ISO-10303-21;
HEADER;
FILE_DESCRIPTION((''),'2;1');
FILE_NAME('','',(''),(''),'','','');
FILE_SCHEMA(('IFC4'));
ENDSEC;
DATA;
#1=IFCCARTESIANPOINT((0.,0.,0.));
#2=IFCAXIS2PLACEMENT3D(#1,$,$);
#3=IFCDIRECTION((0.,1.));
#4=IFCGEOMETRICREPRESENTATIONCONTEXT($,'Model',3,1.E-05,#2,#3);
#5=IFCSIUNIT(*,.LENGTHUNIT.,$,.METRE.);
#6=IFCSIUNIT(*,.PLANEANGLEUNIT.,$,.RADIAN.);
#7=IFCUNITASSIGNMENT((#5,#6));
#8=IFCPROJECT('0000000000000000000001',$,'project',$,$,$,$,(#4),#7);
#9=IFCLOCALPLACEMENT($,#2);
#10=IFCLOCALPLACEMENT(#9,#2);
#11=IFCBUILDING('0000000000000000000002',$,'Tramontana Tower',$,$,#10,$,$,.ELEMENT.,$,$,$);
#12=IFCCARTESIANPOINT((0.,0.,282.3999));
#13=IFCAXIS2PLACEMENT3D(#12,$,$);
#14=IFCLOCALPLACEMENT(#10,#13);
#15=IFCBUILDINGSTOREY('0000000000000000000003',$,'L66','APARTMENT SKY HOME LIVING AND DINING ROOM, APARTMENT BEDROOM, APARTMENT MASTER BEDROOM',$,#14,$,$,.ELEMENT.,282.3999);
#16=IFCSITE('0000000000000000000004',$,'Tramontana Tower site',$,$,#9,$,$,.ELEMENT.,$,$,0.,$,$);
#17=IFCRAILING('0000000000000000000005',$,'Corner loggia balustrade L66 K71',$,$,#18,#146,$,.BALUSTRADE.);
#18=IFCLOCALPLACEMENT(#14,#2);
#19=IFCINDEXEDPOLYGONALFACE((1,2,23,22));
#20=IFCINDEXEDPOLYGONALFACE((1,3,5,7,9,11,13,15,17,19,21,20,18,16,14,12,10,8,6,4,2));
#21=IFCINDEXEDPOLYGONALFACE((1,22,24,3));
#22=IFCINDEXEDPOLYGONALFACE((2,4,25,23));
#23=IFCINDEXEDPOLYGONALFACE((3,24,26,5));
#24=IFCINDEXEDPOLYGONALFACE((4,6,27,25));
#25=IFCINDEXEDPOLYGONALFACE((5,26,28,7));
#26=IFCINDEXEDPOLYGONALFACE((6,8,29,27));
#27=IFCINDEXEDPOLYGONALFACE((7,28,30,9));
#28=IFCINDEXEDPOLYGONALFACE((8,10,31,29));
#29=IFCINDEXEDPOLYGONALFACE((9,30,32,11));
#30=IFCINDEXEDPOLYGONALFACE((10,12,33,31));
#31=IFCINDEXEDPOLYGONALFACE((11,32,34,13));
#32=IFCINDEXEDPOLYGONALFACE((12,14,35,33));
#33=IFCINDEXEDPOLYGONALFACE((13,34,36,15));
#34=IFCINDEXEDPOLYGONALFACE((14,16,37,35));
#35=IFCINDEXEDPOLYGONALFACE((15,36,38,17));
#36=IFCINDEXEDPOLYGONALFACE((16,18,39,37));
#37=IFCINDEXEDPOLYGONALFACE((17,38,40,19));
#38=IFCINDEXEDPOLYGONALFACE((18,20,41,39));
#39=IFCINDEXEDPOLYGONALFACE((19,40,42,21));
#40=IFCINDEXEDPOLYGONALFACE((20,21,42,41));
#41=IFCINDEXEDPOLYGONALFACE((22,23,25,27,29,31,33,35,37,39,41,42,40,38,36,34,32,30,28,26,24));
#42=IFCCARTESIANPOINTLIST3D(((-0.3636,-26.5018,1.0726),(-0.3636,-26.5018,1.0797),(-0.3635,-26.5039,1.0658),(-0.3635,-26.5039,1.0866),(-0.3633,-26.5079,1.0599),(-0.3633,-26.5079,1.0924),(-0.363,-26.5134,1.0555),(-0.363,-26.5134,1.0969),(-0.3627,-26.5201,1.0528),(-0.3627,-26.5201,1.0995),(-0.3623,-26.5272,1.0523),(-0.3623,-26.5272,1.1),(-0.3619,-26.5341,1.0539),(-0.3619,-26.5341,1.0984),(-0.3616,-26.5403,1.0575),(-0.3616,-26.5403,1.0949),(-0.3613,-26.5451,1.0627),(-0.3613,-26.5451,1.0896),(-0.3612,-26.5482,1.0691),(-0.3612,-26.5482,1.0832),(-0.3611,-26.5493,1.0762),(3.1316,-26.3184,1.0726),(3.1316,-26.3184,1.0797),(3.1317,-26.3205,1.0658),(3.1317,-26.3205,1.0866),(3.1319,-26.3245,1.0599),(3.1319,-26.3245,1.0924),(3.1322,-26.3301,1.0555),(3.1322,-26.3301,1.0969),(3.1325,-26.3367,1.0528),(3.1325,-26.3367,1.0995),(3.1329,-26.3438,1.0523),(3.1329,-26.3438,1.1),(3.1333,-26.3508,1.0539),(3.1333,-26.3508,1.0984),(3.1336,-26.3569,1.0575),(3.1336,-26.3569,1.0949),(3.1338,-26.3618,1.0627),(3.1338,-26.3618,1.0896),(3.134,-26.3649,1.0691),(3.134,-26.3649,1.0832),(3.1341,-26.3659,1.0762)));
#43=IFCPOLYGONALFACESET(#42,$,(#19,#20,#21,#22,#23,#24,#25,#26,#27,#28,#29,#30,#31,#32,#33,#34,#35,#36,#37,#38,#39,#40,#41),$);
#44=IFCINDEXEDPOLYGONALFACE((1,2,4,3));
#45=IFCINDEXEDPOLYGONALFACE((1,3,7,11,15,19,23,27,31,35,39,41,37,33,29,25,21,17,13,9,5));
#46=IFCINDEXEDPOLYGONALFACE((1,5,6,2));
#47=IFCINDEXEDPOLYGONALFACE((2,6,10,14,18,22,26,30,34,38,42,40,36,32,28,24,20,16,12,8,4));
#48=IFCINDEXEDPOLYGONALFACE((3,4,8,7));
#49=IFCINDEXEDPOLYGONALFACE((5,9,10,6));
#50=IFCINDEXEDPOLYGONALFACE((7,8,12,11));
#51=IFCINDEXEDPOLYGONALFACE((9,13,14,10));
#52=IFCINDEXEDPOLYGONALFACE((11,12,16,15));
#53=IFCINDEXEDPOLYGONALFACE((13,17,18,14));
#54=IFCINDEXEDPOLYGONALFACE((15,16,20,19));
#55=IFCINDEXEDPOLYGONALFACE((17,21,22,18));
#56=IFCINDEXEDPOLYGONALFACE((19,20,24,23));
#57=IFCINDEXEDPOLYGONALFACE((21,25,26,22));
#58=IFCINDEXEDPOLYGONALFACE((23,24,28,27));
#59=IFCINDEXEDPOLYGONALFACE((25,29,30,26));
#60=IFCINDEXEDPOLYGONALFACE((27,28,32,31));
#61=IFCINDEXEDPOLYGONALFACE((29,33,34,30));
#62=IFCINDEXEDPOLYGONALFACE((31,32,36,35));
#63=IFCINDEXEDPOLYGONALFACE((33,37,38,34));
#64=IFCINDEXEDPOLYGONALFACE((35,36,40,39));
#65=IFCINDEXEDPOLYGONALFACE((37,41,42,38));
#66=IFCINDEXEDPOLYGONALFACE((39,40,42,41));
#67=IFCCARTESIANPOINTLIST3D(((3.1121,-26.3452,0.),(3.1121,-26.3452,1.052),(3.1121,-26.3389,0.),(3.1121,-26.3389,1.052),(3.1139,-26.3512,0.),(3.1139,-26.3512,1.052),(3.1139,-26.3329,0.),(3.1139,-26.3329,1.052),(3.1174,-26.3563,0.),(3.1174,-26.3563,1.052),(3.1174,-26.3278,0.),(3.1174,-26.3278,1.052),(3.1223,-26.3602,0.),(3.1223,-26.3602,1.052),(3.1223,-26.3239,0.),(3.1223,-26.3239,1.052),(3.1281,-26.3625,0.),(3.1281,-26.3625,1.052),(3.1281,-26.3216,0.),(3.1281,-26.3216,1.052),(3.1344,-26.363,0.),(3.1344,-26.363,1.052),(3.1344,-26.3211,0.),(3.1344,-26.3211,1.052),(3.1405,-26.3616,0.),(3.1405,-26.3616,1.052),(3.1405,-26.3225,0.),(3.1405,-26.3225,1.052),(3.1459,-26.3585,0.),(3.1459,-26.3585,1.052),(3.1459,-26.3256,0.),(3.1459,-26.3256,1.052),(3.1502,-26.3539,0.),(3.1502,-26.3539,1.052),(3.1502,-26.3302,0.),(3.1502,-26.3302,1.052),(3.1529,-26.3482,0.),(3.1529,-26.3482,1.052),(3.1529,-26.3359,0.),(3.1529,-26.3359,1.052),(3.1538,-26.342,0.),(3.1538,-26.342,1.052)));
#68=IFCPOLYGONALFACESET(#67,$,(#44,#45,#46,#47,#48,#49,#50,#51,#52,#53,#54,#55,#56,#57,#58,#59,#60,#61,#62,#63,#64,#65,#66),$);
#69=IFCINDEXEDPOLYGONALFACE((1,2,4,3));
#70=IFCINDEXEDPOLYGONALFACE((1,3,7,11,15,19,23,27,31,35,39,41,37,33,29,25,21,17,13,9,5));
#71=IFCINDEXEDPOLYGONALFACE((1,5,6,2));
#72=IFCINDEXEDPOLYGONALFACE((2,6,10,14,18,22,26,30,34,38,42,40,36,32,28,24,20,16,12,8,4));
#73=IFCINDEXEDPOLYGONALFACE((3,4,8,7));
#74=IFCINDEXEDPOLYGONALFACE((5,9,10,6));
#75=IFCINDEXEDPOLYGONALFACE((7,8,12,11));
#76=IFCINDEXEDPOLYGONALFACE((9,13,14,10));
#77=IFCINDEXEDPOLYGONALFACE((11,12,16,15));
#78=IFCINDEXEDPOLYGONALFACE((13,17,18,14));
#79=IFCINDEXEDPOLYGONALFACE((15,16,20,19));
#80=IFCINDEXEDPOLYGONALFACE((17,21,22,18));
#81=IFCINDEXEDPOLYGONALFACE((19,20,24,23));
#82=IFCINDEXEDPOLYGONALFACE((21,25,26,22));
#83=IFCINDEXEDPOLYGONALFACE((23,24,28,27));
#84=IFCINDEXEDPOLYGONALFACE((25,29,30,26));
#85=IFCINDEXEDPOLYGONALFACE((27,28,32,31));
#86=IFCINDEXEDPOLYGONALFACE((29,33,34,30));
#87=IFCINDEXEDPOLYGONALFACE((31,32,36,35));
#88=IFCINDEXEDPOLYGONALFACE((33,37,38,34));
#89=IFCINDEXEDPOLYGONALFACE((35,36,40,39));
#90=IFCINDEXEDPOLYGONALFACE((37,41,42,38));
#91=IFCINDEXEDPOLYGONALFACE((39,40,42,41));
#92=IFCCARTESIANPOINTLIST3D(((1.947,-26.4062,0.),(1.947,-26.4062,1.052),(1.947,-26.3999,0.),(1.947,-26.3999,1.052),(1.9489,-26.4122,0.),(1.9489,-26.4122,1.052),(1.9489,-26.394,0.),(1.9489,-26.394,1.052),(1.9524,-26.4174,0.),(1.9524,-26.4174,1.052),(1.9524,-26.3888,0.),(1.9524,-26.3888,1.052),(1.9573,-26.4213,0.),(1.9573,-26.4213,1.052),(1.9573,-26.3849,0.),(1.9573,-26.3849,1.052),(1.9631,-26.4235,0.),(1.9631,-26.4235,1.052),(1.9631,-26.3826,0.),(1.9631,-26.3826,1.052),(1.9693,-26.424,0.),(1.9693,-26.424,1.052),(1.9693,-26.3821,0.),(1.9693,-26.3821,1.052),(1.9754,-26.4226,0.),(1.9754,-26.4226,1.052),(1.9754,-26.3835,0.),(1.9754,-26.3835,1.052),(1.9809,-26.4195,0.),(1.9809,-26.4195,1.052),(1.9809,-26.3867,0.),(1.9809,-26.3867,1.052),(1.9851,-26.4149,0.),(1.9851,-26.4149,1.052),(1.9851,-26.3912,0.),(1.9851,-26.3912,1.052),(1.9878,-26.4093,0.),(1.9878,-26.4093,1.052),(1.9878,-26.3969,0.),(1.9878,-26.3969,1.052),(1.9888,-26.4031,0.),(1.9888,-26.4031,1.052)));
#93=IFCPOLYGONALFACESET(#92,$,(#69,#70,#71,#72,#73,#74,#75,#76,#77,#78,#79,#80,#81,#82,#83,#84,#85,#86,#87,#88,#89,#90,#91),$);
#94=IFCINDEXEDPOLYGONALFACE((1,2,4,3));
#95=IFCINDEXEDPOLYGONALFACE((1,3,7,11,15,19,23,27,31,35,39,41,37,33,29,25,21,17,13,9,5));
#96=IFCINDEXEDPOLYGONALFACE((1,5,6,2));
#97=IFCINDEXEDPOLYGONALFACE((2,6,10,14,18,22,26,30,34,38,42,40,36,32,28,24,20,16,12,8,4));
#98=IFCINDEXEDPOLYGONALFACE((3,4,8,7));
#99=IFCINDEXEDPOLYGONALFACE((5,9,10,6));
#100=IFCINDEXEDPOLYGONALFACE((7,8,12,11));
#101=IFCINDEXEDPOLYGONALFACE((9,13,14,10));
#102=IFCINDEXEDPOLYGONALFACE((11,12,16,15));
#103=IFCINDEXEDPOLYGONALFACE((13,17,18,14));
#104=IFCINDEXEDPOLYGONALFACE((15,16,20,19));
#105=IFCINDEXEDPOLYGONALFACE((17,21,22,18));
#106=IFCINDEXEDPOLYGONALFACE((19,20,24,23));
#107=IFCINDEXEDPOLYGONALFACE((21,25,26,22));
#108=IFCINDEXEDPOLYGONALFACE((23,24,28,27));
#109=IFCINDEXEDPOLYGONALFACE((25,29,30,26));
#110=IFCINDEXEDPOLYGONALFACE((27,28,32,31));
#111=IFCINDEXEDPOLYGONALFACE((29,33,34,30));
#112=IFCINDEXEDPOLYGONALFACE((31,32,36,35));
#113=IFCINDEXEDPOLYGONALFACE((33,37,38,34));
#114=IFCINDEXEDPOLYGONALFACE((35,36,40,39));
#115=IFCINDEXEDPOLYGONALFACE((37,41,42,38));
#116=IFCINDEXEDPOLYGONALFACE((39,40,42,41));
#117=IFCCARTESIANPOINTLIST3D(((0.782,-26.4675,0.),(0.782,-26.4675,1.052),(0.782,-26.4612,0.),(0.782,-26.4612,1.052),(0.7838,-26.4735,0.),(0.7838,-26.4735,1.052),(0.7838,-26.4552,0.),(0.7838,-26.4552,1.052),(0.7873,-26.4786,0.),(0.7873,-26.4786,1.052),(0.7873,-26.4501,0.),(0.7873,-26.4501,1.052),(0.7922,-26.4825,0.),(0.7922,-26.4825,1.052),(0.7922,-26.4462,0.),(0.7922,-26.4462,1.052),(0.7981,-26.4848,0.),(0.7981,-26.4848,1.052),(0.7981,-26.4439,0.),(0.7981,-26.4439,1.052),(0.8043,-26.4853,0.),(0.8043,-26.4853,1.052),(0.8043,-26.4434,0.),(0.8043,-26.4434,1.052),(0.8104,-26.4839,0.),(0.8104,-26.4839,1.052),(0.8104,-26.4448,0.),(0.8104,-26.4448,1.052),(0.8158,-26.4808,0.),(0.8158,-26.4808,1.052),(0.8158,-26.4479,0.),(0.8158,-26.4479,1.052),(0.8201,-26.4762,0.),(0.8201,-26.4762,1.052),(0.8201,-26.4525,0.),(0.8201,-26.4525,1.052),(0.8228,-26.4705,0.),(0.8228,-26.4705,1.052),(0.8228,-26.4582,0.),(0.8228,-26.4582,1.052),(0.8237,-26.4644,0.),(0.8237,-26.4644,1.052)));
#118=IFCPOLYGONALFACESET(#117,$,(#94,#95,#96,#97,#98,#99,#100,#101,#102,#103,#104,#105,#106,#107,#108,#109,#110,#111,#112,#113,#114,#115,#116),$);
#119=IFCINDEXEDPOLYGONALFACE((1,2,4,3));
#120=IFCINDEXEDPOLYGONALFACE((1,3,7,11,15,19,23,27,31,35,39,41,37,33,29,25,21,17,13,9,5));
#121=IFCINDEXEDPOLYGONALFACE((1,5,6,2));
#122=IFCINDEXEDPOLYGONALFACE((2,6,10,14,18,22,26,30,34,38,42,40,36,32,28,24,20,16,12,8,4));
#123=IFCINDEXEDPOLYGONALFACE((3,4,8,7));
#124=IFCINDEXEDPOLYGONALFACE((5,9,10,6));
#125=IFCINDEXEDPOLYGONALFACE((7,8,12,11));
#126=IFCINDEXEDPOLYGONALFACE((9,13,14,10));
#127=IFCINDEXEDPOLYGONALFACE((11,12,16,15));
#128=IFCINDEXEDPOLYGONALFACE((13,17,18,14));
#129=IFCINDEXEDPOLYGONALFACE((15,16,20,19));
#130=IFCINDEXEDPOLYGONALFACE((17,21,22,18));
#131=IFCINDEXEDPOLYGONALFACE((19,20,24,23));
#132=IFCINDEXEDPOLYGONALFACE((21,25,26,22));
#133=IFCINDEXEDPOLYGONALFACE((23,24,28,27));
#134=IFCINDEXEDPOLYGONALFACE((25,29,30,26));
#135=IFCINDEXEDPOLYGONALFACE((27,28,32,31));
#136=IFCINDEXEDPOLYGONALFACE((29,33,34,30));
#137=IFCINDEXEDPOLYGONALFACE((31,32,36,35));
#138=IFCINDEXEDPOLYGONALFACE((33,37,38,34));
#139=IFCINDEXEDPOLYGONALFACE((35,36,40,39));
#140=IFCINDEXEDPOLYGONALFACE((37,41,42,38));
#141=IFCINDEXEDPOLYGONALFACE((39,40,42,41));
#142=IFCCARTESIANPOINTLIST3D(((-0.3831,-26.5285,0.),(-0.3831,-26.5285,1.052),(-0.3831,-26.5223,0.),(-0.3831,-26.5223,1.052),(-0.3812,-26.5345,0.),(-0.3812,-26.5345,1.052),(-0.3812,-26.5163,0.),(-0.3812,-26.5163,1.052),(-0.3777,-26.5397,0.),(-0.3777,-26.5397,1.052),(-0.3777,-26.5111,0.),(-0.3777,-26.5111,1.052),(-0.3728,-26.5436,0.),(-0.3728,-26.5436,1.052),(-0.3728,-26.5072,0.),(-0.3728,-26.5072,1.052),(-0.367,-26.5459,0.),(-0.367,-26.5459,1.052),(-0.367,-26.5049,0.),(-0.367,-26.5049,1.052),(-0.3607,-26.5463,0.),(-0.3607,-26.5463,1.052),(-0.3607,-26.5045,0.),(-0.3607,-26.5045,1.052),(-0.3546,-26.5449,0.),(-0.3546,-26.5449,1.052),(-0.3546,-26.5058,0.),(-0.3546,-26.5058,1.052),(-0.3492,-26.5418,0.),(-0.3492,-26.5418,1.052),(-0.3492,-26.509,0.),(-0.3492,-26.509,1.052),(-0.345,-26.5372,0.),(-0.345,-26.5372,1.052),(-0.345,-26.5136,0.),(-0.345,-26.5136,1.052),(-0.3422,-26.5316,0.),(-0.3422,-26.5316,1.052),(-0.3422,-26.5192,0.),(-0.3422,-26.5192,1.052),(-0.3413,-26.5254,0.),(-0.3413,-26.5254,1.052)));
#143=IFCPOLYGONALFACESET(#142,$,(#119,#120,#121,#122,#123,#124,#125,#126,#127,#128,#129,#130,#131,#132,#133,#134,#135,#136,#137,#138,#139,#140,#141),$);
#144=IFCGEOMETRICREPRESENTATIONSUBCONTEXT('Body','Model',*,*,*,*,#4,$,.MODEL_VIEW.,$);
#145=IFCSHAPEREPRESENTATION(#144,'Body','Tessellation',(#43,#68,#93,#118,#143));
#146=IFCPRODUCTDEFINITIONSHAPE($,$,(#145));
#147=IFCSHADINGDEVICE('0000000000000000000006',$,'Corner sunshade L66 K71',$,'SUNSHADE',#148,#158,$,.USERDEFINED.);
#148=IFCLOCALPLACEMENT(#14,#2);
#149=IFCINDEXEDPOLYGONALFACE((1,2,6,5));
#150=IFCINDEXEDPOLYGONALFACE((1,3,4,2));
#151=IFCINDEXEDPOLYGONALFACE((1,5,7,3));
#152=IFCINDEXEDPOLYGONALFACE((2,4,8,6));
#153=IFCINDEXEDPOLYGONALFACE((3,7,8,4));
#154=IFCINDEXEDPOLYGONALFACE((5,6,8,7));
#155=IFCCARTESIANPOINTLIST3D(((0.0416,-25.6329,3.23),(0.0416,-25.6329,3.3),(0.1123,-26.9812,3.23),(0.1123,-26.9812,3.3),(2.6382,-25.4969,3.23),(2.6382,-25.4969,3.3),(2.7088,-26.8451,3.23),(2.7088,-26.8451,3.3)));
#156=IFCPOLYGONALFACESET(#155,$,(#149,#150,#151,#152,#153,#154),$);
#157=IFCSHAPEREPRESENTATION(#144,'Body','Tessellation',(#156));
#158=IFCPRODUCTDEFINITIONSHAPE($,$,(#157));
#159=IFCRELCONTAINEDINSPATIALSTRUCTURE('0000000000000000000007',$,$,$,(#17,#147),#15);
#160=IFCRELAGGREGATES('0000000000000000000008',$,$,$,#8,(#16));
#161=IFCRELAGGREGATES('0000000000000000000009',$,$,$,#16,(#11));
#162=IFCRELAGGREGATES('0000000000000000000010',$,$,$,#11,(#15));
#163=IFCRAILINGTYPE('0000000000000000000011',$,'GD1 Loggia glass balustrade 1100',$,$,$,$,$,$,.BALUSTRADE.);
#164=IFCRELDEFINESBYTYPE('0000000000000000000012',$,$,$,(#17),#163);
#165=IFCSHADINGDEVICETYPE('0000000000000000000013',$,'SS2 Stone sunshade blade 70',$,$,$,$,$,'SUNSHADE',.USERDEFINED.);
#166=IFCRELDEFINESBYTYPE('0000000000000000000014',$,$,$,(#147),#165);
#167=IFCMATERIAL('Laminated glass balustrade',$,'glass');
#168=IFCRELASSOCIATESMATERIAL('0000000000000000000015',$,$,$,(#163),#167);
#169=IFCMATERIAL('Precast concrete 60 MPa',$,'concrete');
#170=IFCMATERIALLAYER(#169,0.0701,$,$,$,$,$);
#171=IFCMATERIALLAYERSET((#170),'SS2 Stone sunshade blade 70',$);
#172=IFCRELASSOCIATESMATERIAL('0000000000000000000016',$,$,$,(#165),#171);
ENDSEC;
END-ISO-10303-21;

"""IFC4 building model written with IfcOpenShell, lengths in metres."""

from ifc_helpers import new_model, si_unit, direction, frame, origin, origin_2d, place, context, subcontext, project, spatial, rectangle, circle, extrude, material, layer, layer_set, type_object, element, save


model = new_model("IFC4")

# Units and contexts
model_context = context("Model", 3, precision=1e-05, world=origin(), true_north=direction((0.0, 1.0)))
body_context = subcontext(model_context, "Body", "Model", "MODEL_VIEW")
ifc_project = project(units=[si_unit("LENGTHUNIT", "METRE"), si_unit("PLANEANGLEUNIT", "RADIAN")], contexts=[model_context])

# Site, building, storey
site_placement = place(None, origin())
site = spatial("IfcSite", under=ifc_project, at=site_placement, Name="Tramontana Tower site", CompositionType="ELEMENT", RefElevation=0.0)
building_placement = place(site_placement, origin())
building = spatial("IfcBuilding", under=site, at=building_placement, Name="Tramontana Tower", CompositionType="ELEMENT")
storey_placement = place(building_placement, frame((0.0, 0.0, 282.3999)))
storey = spatial("IfcBuildingStorey", under=building, at=storey_placement, Name="L66", Description="APARTMENT SKY HOME LIVING AND DINING ROOM, APARTMENT BEDROOM, APARTMENT MASTER BEDROOM", CompositionType="ELEMENT", Elevation=282.3999)

# Railing
ifc_material_1 = material(Name="Laminated glass balustrade", Category="glass")
railing_type = type_object("IfcRailingType", Name="GD1 Loggia glass balustrade 1100", PredefinedType="BALUSTRADE", material=ifc_material_1)
railing_1_placement = place(storey_placement, frame((3.1328, -26.342, 0.0)))
element("IfcRailing", 1, at=railing_1_placement, inside=storey, type_object=railing_type, Name="Corner loggia balustrade L66 K71", PredefinedType="BALUSTRADE", context=body_context, shape_type="SweptSolid", body=[
    extrude(circle(Radius=0.0239, at=origin_2d()), frame((0.0, 0.0, 1.0762), z_axis=(-0.998627, -0.052387, 0.0), x_axis=(0.052387, -0.998627, 0.0)), (0.0, 0.0, 1.0), 3.5),
    extrude(circle(Radius=0.021, at=origin_2d()), origin(), (0.0, 0.0, 1.0), 1.052),
    extrude(circle(Radius=0.021, at=origin_2d()), frame((-1.165, -0.061, 0.0)), (0.0, 0.0, 1.0), 1.052),
    extrude(circle(Radius=0.021, at=origin_2d()), frame((-2.3301, -0.1223, 0.0)), (0.0, 0.0, 1.0), 1.052),
    extrude(circle(Radius=0.021, at=origin_2d()), frame((-3.4951, -0.1833, 0.0)), (0.0, 0.0, 1.0), 1.052),
])

# Shading device
ifc_material_2 = material(Name="Precast concrete 60 MPa", Category="concrete")
ifc_layer_1 = layer(ifc_material_2, 0.0701)
ifc_layer_set_1 = layer_set([ifc_layer_1], Name="SS2 Stone sunshade blade 70")
shading_device_type = type_object("IfcShadingDeviceType", Name="SS2 Stone sunshade blade 70", ElementType="SUNSHADE", PredefinedType="USERDEFINED", material=ifc_layer_set_1)
shading_device_placement = place(storey_placement, frame((1.3752, -26.239, 3.23), z_axis=(0.0, 0.0, 1.0), x_axis=(-0.99863, -0.052336, 0.0)))
element("IfcShadingDevice", 2, at=shading_device_placement, inside=storey, type_object=shading_device_type, Name="Corner sunshade L66 K71", ObjectType="SUNSHADE", PredefinedType="USERDEFINED", context=body_context, shape_type="SweptSolid", body=[
    extrude(rectangle(XDim=2.6001, YDim=1.3501, at=origin_2d()), origin(), (0.0, 0.0, 1.0), 0.0701),
])

save(model, "model.ifc")
